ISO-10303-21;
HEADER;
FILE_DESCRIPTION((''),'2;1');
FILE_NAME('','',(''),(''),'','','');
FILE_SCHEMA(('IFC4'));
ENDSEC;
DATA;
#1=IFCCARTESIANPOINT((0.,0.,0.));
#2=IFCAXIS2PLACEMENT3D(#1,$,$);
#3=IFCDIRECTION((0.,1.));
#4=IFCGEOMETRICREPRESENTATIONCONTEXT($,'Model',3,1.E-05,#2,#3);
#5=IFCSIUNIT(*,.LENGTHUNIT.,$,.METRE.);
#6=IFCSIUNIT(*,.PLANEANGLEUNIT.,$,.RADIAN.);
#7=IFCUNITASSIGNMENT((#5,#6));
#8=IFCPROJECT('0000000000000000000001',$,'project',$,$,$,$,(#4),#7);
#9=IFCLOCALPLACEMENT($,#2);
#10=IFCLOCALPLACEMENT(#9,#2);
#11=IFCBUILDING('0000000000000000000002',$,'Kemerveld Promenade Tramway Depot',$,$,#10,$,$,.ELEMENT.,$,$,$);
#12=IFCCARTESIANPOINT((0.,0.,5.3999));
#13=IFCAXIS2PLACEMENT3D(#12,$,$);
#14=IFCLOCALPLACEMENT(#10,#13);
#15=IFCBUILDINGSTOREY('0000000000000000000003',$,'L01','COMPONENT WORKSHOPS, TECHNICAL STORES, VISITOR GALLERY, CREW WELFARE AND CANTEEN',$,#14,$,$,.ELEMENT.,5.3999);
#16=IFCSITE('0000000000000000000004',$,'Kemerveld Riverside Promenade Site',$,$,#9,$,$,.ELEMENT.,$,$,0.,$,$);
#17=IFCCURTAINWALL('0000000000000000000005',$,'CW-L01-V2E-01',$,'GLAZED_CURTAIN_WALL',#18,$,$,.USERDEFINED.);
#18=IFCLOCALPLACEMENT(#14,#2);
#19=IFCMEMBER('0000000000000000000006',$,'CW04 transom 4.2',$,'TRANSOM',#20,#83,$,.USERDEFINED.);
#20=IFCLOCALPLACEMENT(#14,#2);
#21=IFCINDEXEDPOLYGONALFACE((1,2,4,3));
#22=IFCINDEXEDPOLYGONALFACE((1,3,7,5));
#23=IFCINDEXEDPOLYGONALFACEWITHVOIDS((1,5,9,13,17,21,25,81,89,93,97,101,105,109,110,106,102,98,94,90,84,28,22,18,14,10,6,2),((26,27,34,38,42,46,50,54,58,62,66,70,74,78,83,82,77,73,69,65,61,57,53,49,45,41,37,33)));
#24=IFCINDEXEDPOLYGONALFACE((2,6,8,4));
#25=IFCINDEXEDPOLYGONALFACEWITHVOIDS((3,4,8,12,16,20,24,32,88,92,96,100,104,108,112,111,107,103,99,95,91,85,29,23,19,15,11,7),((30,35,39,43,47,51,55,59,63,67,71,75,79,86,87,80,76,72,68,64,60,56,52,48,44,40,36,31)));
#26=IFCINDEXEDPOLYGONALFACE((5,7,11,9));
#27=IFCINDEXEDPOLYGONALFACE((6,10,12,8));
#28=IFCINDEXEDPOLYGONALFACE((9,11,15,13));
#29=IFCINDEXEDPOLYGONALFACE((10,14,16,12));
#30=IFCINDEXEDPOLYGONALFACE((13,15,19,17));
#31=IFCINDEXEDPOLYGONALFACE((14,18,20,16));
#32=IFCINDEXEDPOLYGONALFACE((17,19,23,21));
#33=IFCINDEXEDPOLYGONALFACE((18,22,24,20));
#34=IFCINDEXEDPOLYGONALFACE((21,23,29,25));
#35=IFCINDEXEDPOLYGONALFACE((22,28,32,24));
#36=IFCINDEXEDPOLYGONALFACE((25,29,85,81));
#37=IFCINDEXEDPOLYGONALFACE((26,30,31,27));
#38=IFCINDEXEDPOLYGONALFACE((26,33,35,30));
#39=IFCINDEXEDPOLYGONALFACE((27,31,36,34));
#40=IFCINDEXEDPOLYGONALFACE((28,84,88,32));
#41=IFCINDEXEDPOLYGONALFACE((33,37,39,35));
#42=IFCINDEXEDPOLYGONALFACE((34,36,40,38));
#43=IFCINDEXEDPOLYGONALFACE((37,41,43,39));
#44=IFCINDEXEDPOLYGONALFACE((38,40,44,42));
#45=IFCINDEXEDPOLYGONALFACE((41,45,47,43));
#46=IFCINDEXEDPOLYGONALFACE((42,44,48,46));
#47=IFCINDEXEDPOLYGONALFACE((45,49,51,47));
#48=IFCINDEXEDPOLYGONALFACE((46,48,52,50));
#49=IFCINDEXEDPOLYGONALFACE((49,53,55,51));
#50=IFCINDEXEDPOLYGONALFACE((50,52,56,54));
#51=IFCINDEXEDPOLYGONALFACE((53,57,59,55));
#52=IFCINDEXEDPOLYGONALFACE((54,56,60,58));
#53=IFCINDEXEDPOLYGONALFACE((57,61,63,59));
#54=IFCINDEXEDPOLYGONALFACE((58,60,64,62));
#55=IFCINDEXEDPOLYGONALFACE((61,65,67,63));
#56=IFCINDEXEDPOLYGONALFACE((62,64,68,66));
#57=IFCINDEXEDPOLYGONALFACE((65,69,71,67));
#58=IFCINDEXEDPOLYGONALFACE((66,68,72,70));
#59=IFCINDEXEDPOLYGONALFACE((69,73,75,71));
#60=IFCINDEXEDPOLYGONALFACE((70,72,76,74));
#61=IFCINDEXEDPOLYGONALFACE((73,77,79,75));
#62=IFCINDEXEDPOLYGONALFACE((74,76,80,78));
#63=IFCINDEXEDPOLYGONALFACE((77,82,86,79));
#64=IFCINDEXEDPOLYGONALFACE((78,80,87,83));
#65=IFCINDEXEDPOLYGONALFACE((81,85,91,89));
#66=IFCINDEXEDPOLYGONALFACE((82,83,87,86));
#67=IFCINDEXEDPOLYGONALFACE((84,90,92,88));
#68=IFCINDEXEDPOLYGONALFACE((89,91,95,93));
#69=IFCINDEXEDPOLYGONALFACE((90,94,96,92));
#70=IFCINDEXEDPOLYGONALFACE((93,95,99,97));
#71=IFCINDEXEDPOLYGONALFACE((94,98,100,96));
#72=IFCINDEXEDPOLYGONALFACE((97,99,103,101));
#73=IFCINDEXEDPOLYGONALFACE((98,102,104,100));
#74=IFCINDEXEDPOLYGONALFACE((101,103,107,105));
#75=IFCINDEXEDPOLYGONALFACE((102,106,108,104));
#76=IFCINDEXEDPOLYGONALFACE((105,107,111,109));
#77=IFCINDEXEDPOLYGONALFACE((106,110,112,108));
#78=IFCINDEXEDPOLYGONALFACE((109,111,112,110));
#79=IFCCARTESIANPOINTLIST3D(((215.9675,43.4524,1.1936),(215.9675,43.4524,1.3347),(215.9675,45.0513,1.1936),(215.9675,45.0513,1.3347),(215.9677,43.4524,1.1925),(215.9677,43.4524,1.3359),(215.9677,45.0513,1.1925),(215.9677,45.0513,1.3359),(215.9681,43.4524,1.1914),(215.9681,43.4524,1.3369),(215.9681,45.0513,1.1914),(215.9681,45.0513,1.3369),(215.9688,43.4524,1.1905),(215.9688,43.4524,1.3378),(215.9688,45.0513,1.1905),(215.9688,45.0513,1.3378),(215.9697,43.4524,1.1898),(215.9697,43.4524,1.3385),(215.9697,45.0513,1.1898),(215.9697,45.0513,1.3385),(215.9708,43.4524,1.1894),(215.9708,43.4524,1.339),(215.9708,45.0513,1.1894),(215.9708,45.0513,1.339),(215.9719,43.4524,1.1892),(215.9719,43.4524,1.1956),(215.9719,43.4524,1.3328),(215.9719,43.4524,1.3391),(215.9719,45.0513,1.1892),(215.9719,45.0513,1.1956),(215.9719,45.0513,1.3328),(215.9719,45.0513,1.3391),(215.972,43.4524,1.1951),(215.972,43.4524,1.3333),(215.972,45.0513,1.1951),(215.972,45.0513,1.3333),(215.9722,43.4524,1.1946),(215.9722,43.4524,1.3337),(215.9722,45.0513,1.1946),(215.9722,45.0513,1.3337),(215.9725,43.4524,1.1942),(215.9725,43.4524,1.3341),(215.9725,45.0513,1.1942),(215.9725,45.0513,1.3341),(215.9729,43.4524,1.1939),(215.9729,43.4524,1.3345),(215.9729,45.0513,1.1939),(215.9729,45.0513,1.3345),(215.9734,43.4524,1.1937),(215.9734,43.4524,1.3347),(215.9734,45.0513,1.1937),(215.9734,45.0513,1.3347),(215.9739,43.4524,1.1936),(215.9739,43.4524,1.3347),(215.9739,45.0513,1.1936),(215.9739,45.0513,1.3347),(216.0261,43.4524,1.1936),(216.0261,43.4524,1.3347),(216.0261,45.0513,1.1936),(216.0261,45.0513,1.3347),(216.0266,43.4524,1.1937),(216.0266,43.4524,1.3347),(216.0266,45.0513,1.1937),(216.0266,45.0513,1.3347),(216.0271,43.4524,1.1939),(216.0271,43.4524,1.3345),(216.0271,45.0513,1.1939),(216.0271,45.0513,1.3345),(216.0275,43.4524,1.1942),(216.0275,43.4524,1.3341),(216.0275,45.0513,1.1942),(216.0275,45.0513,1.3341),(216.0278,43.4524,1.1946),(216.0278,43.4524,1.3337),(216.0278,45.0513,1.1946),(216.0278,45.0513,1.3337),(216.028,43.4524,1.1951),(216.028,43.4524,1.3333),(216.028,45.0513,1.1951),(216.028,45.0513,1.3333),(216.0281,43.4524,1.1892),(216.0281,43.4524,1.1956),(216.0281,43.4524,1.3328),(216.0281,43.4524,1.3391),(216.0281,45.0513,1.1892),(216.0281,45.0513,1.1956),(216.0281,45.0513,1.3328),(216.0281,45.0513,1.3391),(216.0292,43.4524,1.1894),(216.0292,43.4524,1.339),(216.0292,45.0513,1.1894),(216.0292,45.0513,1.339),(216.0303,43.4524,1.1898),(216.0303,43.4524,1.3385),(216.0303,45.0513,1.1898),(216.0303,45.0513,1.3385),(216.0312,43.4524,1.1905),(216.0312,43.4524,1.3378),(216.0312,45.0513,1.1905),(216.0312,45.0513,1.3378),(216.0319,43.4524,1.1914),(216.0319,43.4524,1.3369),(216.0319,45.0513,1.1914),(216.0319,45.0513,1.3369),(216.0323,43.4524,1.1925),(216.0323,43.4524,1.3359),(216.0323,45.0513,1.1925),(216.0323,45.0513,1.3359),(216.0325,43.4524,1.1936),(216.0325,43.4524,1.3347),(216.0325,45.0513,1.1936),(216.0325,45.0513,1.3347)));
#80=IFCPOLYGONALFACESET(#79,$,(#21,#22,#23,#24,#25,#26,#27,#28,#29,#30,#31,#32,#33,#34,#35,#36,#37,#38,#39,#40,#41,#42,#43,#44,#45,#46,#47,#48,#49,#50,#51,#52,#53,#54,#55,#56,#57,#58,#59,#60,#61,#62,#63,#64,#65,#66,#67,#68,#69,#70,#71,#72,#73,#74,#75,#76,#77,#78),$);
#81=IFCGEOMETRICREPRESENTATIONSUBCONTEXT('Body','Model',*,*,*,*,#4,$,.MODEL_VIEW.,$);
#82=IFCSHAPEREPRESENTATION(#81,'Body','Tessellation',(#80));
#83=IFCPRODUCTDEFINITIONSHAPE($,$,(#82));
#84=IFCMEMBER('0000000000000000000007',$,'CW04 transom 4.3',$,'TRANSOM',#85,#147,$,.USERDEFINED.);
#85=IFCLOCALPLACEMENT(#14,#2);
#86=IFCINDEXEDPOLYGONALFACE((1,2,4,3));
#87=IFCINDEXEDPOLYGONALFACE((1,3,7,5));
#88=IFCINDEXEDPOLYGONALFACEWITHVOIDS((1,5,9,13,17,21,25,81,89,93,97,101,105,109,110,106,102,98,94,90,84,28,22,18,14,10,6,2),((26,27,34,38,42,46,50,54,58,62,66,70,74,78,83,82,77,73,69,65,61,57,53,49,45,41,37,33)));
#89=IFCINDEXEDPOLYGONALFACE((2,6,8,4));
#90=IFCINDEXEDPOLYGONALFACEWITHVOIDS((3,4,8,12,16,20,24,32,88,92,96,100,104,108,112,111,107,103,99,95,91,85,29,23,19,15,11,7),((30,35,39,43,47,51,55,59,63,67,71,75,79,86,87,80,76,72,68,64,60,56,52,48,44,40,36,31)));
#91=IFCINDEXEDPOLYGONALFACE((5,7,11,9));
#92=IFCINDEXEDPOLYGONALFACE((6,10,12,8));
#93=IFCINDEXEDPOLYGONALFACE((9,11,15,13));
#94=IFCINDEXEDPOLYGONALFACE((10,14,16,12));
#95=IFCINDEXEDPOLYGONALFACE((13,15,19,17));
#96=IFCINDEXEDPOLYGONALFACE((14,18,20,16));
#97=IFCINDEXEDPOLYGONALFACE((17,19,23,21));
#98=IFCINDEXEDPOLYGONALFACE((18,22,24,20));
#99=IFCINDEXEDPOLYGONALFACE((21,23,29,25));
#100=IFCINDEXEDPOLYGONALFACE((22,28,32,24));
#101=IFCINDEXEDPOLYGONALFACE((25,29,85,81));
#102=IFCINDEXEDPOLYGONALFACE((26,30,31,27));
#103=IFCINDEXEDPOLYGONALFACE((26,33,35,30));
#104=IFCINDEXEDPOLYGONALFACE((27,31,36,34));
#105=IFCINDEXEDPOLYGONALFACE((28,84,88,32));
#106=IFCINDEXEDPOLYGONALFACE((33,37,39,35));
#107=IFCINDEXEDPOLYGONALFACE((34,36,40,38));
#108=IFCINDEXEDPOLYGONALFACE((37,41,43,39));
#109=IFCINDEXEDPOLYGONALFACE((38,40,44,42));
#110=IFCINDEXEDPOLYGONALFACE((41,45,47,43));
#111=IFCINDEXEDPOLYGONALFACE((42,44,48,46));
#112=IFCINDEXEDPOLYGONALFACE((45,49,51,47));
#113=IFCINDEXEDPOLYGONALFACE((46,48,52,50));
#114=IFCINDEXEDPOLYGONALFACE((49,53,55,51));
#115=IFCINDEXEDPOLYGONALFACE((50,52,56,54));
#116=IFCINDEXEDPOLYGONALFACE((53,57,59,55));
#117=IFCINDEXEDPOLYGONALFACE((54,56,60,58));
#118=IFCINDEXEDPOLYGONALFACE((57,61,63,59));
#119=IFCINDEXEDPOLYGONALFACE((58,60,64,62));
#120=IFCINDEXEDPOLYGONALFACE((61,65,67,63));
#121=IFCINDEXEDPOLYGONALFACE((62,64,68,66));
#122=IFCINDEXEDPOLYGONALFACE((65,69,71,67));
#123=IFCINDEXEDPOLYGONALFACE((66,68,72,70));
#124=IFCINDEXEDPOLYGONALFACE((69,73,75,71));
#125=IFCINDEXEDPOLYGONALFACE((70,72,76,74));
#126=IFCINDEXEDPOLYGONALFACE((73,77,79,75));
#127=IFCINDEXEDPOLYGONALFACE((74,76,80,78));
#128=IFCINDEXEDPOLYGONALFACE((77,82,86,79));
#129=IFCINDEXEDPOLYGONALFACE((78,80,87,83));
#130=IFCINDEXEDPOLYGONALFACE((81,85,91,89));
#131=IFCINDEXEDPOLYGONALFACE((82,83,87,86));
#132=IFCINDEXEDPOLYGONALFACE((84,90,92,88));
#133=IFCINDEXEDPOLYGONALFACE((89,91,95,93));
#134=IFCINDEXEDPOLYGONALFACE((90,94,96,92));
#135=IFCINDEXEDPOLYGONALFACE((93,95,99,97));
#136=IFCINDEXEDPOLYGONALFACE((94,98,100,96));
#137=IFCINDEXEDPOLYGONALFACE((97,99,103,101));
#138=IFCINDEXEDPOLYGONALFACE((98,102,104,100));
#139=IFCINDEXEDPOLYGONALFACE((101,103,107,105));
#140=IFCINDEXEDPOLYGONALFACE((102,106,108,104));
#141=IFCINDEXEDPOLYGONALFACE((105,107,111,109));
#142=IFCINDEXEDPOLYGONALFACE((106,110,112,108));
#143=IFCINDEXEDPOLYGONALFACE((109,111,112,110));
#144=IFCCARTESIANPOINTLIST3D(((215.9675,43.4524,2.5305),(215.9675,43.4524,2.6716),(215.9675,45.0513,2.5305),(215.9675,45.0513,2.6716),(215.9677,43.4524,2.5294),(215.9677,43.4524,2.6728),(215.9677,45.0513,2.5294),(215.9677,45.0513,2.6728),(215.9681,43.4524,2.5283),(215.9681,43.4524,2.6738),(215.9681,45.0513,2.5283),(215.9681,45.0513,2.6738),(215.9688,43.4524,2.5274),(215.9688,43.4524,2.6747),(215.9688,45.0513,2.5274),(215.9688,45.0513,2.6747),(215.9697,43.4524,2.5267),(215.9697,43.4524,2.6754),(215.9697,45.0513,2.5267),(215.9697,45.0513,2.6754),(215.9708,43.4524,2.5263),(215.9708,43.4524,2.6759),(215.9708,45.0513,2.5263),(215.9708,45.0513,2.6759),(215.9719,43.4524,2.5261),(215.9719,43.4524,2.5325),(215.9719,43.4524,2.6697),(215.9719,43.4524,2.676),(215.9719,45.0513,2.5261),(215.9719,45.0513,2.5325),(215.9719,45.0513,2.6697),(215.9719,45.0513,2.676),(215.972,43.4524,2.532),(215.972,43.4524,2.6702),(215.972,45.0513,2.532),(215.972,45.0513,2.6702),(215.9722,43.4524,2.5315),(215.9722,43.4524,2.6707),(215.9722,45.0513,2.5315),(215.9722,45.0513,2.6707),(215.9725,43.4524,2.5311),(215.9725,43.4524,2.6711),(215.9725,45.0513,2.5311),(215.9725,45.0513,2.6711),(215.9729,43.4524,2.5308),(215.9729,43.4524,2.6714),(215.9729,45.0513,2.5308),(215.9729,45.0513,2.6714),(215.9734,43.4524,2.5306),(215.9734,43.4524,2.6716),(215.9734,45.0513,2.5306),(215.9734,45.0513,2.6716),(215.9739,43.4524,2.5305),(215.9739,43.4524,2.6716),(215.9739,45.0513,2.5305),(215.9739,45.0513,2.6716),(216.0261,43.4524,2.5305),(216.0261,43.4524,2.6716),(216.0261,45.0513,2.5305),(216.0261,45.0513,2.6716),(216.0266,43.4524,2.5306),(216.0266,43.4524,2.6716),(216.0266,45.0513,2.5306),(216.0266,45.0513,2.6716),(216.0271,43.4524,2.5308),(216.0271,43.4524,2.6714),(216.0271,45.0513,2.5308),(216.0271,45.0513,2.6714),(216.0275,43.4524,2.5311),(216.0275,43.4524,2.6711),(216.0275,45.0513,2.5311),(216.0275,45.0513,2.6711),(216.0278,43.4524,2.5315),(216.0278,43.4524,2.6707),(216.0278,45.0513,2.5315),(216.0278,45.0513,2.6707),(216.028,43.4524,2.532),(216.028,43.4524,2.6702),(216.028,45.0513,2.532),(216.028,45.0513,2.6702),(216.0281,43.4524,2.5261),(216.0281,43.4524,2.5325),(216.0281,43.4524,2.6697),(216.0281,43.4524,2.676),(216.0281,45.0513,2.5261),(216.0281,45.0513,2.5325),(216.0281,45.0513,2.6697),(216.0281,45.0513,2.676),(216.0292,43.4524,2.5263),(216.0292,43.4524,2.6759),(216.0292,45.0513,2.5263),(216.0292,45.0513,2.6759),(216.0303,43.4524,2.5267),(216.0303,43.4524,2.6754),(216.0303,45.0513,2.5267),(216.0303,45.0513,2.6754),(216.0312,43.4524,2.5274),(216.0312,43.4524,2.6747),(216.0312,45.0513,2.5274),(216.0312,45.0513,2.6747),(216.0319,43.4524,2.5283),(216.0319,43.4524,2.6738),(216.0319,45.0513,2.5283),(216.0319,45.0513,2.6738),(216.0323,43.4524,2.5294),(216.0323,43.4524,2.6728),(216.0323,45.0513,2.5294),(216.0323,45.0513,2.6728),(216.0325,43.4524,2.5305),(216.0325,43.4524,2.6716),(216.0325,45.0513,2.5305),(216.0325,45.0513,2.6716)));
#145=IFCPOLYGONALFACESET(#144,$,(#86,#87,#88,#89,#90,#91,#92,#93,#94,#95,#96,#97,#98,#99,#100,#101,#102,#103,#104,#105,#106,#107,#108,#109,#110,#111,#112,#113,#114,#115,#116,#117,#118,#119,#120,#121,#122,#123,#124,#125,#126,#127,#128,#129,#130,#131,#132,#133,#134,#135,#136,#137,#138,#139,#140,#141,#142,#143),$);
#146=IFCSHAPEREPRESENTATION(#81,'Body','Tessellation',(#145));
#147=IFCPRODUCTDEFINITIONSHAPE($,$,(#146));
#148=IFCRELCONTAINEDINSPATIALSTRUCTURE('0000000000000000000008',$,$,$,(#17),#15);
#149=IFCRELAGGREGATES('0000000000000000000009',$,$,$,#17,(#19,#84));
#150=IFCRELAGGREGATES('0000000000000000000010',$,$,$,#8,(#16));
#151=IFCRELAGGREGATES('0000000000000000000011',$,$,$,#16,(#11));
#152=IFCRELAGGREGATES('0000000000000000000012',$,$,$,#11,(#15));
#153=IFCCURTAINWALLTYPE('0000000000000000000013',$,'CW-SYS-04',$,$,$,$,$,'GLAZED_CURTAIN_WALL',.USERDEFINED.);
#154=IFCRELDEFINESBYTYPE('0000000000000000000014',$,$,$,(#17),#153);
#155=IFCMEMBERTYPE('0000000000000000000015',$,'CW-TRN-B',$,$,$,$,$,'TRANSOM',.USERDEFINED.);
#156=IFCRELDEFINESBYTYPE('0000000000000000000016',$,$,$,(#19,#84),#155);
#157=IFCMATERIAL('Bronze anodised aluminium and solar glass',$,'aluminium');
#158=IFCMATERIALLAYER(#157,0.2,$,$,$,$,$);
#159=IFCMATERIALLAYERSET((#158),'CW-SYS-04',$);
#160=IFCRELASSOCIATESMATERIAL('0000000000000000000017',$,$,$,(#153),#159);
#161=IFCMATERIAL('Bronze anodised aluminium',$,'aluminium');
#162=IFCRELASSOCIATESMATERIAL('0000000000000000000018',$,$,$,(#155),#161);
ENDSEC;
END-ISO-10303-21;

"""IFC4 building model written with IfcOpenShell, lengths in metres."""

from ifc_helpers import new_model, si_unit, direction, frame, origin, origin_2d, place, context, subcontext, project, spatial, hollow_rectangle, extrude, material, layer, layer_set, material_profile, profile_set, type_object, element, aggregate, save


model = new_model("IFC4")

# Units and contexts
model_context = context("Model", 3, precision=1e-05, world=origin(), true_north=direction((0.0, 1.0)))
body_context = subcontext(model_context, "Body", "Model", "MODEL_VIEW")
ifc_project = project(units=[si_unit("LENGTHUNIT", "METRE"), si_unit("PLANEANGLEUNIT", "RADIAN")], contexts=[model_context])

# Site, building, storey
site_placement = place(None, origin())
site = spatial("IfcSite", under=ifc_project, at=site_placement, Name="Kemerveld Riverside Promenade Site", CompositionType="ELEMENT", RefElevation=0.0)
building_placement = place(site_placement, origin())
building = spatial("IfcBuilding", under=site, at=building_placement, Name="Kemerveld Promenade Tramway Depot", CompositionType="ELEMENT")
storey_placement = place(building_placement, frame((0.0, 0.0, 5.3999)))
storey = spatial("IfcBuildingStorey", under=building, at=storey_placement, Name="L01", Description="COMPONENT WORKSHOPS, TECHNICAL STORES, VISITOR GALLERY, CREW WELFARE AND CANTEEN", CompositionType="ELEMENT", Elevation=5.3999)

# Curtain wall, members
ifc_material_1 = material(Name="Bronze anodised aluminium and solar glass", Category="aluminium")
ifc_layer_1 = layer(ifc_material_1, 0.2)
ifc_layer_set_1 = layer_set([ifc_layer_1], Name="CW-SYS-04")
curtain_wall_type = type_object("IfcCurtainWallType", Name="CW-SYS-04", ElementType="GLAZED_CURTAIN_WALL", PredefinedType="USERDEFINED", material=ifc_layer_set_1)
curtain_wall_placement = place(storey_placement, origin())
curtain_wall = element("IfcCurtainWall", 1, at=curtain_wall_placement, inside=storey, type_object=curtain_wall_type, Name="CW-L01-V2E-01", ObjectType="GLAZED_CURTAIN_WALL", PredefinedType="USERDEFINED")
ifc_material_2 = material(Name="Bronze anodised aluminium", Category="aluminium")
ifc_material_profile_1 = material_profile(ifc_material_2, hollow_rectangle(XDim=0.0649, YDim=0.1499, WallThickness=0.0044, InnerFilletRadius=0.002, OuterFilletRadius=0.0044, at=origin_2d()), Name="CW-TRN-150x65")
ifc_profile_set_1 = profile_set([ifc_material_profile_1], Name="Bronze anodised aluminium")
member_type_1 = type_object("IfcMemberType", Name="CW-TRN-B", ElementType="TRANSOM", PredefinedType="USERDEFINED", material=ifc_profile_set_1)
member_1_placement = place(storey_placement, frame((216.0, 45.0513, 1.2642), z_axis=(0.0, -1.0, 0.0), x_axis=(1.0, 0.0, 0.0)))
member_1 = element("IfcMember", 2, at=member_1_placement, type_object=member_type_1, Name="CW04 transom 4.2", ObjectType="TRANSOM", PredefinedType="USERDEFINED", context=body_context, shape_type="SweptSolid", body=[
    extrude(hollow_rectangle(XDim=0.0649, YDim=0.1499, WallThickness=0.0044, InnerFilletRadius=0.002, OuterFilletRadius=0.0044, at=origin_2d()), origin(), (0.0, 0.0, 1.0), 1.5989),
])
member_2_placement = place(storey_placement, frame((216.0, 45.0513, 2.6011), z_axis=(0.0, -1.0, 0.0), x_axis=(1.0, 0.0, 0.0)))
member_2 = element("IfcMember", 3, at=member_2_placement, type_object=member_type_1, Name="CW04 transom 4.3", ObjectType="TRANSOM", PredefinedType="USERDEFINED", context=body_context, shape_type="SweptSolid", body=[
    extrude(hollow_rectangle(XDim=0.0649, YDim=0.1499, WallThickness=0.0044, InnerFilletRadius=0.002, OuterFilletRadius=0.0044, at=origin_2d()), origin(), (0.0, 0.0, 1.0), 1.5989),
])
aggregate(curtain_wall, [member_1, member_2])

save(model, "model.ifc")
